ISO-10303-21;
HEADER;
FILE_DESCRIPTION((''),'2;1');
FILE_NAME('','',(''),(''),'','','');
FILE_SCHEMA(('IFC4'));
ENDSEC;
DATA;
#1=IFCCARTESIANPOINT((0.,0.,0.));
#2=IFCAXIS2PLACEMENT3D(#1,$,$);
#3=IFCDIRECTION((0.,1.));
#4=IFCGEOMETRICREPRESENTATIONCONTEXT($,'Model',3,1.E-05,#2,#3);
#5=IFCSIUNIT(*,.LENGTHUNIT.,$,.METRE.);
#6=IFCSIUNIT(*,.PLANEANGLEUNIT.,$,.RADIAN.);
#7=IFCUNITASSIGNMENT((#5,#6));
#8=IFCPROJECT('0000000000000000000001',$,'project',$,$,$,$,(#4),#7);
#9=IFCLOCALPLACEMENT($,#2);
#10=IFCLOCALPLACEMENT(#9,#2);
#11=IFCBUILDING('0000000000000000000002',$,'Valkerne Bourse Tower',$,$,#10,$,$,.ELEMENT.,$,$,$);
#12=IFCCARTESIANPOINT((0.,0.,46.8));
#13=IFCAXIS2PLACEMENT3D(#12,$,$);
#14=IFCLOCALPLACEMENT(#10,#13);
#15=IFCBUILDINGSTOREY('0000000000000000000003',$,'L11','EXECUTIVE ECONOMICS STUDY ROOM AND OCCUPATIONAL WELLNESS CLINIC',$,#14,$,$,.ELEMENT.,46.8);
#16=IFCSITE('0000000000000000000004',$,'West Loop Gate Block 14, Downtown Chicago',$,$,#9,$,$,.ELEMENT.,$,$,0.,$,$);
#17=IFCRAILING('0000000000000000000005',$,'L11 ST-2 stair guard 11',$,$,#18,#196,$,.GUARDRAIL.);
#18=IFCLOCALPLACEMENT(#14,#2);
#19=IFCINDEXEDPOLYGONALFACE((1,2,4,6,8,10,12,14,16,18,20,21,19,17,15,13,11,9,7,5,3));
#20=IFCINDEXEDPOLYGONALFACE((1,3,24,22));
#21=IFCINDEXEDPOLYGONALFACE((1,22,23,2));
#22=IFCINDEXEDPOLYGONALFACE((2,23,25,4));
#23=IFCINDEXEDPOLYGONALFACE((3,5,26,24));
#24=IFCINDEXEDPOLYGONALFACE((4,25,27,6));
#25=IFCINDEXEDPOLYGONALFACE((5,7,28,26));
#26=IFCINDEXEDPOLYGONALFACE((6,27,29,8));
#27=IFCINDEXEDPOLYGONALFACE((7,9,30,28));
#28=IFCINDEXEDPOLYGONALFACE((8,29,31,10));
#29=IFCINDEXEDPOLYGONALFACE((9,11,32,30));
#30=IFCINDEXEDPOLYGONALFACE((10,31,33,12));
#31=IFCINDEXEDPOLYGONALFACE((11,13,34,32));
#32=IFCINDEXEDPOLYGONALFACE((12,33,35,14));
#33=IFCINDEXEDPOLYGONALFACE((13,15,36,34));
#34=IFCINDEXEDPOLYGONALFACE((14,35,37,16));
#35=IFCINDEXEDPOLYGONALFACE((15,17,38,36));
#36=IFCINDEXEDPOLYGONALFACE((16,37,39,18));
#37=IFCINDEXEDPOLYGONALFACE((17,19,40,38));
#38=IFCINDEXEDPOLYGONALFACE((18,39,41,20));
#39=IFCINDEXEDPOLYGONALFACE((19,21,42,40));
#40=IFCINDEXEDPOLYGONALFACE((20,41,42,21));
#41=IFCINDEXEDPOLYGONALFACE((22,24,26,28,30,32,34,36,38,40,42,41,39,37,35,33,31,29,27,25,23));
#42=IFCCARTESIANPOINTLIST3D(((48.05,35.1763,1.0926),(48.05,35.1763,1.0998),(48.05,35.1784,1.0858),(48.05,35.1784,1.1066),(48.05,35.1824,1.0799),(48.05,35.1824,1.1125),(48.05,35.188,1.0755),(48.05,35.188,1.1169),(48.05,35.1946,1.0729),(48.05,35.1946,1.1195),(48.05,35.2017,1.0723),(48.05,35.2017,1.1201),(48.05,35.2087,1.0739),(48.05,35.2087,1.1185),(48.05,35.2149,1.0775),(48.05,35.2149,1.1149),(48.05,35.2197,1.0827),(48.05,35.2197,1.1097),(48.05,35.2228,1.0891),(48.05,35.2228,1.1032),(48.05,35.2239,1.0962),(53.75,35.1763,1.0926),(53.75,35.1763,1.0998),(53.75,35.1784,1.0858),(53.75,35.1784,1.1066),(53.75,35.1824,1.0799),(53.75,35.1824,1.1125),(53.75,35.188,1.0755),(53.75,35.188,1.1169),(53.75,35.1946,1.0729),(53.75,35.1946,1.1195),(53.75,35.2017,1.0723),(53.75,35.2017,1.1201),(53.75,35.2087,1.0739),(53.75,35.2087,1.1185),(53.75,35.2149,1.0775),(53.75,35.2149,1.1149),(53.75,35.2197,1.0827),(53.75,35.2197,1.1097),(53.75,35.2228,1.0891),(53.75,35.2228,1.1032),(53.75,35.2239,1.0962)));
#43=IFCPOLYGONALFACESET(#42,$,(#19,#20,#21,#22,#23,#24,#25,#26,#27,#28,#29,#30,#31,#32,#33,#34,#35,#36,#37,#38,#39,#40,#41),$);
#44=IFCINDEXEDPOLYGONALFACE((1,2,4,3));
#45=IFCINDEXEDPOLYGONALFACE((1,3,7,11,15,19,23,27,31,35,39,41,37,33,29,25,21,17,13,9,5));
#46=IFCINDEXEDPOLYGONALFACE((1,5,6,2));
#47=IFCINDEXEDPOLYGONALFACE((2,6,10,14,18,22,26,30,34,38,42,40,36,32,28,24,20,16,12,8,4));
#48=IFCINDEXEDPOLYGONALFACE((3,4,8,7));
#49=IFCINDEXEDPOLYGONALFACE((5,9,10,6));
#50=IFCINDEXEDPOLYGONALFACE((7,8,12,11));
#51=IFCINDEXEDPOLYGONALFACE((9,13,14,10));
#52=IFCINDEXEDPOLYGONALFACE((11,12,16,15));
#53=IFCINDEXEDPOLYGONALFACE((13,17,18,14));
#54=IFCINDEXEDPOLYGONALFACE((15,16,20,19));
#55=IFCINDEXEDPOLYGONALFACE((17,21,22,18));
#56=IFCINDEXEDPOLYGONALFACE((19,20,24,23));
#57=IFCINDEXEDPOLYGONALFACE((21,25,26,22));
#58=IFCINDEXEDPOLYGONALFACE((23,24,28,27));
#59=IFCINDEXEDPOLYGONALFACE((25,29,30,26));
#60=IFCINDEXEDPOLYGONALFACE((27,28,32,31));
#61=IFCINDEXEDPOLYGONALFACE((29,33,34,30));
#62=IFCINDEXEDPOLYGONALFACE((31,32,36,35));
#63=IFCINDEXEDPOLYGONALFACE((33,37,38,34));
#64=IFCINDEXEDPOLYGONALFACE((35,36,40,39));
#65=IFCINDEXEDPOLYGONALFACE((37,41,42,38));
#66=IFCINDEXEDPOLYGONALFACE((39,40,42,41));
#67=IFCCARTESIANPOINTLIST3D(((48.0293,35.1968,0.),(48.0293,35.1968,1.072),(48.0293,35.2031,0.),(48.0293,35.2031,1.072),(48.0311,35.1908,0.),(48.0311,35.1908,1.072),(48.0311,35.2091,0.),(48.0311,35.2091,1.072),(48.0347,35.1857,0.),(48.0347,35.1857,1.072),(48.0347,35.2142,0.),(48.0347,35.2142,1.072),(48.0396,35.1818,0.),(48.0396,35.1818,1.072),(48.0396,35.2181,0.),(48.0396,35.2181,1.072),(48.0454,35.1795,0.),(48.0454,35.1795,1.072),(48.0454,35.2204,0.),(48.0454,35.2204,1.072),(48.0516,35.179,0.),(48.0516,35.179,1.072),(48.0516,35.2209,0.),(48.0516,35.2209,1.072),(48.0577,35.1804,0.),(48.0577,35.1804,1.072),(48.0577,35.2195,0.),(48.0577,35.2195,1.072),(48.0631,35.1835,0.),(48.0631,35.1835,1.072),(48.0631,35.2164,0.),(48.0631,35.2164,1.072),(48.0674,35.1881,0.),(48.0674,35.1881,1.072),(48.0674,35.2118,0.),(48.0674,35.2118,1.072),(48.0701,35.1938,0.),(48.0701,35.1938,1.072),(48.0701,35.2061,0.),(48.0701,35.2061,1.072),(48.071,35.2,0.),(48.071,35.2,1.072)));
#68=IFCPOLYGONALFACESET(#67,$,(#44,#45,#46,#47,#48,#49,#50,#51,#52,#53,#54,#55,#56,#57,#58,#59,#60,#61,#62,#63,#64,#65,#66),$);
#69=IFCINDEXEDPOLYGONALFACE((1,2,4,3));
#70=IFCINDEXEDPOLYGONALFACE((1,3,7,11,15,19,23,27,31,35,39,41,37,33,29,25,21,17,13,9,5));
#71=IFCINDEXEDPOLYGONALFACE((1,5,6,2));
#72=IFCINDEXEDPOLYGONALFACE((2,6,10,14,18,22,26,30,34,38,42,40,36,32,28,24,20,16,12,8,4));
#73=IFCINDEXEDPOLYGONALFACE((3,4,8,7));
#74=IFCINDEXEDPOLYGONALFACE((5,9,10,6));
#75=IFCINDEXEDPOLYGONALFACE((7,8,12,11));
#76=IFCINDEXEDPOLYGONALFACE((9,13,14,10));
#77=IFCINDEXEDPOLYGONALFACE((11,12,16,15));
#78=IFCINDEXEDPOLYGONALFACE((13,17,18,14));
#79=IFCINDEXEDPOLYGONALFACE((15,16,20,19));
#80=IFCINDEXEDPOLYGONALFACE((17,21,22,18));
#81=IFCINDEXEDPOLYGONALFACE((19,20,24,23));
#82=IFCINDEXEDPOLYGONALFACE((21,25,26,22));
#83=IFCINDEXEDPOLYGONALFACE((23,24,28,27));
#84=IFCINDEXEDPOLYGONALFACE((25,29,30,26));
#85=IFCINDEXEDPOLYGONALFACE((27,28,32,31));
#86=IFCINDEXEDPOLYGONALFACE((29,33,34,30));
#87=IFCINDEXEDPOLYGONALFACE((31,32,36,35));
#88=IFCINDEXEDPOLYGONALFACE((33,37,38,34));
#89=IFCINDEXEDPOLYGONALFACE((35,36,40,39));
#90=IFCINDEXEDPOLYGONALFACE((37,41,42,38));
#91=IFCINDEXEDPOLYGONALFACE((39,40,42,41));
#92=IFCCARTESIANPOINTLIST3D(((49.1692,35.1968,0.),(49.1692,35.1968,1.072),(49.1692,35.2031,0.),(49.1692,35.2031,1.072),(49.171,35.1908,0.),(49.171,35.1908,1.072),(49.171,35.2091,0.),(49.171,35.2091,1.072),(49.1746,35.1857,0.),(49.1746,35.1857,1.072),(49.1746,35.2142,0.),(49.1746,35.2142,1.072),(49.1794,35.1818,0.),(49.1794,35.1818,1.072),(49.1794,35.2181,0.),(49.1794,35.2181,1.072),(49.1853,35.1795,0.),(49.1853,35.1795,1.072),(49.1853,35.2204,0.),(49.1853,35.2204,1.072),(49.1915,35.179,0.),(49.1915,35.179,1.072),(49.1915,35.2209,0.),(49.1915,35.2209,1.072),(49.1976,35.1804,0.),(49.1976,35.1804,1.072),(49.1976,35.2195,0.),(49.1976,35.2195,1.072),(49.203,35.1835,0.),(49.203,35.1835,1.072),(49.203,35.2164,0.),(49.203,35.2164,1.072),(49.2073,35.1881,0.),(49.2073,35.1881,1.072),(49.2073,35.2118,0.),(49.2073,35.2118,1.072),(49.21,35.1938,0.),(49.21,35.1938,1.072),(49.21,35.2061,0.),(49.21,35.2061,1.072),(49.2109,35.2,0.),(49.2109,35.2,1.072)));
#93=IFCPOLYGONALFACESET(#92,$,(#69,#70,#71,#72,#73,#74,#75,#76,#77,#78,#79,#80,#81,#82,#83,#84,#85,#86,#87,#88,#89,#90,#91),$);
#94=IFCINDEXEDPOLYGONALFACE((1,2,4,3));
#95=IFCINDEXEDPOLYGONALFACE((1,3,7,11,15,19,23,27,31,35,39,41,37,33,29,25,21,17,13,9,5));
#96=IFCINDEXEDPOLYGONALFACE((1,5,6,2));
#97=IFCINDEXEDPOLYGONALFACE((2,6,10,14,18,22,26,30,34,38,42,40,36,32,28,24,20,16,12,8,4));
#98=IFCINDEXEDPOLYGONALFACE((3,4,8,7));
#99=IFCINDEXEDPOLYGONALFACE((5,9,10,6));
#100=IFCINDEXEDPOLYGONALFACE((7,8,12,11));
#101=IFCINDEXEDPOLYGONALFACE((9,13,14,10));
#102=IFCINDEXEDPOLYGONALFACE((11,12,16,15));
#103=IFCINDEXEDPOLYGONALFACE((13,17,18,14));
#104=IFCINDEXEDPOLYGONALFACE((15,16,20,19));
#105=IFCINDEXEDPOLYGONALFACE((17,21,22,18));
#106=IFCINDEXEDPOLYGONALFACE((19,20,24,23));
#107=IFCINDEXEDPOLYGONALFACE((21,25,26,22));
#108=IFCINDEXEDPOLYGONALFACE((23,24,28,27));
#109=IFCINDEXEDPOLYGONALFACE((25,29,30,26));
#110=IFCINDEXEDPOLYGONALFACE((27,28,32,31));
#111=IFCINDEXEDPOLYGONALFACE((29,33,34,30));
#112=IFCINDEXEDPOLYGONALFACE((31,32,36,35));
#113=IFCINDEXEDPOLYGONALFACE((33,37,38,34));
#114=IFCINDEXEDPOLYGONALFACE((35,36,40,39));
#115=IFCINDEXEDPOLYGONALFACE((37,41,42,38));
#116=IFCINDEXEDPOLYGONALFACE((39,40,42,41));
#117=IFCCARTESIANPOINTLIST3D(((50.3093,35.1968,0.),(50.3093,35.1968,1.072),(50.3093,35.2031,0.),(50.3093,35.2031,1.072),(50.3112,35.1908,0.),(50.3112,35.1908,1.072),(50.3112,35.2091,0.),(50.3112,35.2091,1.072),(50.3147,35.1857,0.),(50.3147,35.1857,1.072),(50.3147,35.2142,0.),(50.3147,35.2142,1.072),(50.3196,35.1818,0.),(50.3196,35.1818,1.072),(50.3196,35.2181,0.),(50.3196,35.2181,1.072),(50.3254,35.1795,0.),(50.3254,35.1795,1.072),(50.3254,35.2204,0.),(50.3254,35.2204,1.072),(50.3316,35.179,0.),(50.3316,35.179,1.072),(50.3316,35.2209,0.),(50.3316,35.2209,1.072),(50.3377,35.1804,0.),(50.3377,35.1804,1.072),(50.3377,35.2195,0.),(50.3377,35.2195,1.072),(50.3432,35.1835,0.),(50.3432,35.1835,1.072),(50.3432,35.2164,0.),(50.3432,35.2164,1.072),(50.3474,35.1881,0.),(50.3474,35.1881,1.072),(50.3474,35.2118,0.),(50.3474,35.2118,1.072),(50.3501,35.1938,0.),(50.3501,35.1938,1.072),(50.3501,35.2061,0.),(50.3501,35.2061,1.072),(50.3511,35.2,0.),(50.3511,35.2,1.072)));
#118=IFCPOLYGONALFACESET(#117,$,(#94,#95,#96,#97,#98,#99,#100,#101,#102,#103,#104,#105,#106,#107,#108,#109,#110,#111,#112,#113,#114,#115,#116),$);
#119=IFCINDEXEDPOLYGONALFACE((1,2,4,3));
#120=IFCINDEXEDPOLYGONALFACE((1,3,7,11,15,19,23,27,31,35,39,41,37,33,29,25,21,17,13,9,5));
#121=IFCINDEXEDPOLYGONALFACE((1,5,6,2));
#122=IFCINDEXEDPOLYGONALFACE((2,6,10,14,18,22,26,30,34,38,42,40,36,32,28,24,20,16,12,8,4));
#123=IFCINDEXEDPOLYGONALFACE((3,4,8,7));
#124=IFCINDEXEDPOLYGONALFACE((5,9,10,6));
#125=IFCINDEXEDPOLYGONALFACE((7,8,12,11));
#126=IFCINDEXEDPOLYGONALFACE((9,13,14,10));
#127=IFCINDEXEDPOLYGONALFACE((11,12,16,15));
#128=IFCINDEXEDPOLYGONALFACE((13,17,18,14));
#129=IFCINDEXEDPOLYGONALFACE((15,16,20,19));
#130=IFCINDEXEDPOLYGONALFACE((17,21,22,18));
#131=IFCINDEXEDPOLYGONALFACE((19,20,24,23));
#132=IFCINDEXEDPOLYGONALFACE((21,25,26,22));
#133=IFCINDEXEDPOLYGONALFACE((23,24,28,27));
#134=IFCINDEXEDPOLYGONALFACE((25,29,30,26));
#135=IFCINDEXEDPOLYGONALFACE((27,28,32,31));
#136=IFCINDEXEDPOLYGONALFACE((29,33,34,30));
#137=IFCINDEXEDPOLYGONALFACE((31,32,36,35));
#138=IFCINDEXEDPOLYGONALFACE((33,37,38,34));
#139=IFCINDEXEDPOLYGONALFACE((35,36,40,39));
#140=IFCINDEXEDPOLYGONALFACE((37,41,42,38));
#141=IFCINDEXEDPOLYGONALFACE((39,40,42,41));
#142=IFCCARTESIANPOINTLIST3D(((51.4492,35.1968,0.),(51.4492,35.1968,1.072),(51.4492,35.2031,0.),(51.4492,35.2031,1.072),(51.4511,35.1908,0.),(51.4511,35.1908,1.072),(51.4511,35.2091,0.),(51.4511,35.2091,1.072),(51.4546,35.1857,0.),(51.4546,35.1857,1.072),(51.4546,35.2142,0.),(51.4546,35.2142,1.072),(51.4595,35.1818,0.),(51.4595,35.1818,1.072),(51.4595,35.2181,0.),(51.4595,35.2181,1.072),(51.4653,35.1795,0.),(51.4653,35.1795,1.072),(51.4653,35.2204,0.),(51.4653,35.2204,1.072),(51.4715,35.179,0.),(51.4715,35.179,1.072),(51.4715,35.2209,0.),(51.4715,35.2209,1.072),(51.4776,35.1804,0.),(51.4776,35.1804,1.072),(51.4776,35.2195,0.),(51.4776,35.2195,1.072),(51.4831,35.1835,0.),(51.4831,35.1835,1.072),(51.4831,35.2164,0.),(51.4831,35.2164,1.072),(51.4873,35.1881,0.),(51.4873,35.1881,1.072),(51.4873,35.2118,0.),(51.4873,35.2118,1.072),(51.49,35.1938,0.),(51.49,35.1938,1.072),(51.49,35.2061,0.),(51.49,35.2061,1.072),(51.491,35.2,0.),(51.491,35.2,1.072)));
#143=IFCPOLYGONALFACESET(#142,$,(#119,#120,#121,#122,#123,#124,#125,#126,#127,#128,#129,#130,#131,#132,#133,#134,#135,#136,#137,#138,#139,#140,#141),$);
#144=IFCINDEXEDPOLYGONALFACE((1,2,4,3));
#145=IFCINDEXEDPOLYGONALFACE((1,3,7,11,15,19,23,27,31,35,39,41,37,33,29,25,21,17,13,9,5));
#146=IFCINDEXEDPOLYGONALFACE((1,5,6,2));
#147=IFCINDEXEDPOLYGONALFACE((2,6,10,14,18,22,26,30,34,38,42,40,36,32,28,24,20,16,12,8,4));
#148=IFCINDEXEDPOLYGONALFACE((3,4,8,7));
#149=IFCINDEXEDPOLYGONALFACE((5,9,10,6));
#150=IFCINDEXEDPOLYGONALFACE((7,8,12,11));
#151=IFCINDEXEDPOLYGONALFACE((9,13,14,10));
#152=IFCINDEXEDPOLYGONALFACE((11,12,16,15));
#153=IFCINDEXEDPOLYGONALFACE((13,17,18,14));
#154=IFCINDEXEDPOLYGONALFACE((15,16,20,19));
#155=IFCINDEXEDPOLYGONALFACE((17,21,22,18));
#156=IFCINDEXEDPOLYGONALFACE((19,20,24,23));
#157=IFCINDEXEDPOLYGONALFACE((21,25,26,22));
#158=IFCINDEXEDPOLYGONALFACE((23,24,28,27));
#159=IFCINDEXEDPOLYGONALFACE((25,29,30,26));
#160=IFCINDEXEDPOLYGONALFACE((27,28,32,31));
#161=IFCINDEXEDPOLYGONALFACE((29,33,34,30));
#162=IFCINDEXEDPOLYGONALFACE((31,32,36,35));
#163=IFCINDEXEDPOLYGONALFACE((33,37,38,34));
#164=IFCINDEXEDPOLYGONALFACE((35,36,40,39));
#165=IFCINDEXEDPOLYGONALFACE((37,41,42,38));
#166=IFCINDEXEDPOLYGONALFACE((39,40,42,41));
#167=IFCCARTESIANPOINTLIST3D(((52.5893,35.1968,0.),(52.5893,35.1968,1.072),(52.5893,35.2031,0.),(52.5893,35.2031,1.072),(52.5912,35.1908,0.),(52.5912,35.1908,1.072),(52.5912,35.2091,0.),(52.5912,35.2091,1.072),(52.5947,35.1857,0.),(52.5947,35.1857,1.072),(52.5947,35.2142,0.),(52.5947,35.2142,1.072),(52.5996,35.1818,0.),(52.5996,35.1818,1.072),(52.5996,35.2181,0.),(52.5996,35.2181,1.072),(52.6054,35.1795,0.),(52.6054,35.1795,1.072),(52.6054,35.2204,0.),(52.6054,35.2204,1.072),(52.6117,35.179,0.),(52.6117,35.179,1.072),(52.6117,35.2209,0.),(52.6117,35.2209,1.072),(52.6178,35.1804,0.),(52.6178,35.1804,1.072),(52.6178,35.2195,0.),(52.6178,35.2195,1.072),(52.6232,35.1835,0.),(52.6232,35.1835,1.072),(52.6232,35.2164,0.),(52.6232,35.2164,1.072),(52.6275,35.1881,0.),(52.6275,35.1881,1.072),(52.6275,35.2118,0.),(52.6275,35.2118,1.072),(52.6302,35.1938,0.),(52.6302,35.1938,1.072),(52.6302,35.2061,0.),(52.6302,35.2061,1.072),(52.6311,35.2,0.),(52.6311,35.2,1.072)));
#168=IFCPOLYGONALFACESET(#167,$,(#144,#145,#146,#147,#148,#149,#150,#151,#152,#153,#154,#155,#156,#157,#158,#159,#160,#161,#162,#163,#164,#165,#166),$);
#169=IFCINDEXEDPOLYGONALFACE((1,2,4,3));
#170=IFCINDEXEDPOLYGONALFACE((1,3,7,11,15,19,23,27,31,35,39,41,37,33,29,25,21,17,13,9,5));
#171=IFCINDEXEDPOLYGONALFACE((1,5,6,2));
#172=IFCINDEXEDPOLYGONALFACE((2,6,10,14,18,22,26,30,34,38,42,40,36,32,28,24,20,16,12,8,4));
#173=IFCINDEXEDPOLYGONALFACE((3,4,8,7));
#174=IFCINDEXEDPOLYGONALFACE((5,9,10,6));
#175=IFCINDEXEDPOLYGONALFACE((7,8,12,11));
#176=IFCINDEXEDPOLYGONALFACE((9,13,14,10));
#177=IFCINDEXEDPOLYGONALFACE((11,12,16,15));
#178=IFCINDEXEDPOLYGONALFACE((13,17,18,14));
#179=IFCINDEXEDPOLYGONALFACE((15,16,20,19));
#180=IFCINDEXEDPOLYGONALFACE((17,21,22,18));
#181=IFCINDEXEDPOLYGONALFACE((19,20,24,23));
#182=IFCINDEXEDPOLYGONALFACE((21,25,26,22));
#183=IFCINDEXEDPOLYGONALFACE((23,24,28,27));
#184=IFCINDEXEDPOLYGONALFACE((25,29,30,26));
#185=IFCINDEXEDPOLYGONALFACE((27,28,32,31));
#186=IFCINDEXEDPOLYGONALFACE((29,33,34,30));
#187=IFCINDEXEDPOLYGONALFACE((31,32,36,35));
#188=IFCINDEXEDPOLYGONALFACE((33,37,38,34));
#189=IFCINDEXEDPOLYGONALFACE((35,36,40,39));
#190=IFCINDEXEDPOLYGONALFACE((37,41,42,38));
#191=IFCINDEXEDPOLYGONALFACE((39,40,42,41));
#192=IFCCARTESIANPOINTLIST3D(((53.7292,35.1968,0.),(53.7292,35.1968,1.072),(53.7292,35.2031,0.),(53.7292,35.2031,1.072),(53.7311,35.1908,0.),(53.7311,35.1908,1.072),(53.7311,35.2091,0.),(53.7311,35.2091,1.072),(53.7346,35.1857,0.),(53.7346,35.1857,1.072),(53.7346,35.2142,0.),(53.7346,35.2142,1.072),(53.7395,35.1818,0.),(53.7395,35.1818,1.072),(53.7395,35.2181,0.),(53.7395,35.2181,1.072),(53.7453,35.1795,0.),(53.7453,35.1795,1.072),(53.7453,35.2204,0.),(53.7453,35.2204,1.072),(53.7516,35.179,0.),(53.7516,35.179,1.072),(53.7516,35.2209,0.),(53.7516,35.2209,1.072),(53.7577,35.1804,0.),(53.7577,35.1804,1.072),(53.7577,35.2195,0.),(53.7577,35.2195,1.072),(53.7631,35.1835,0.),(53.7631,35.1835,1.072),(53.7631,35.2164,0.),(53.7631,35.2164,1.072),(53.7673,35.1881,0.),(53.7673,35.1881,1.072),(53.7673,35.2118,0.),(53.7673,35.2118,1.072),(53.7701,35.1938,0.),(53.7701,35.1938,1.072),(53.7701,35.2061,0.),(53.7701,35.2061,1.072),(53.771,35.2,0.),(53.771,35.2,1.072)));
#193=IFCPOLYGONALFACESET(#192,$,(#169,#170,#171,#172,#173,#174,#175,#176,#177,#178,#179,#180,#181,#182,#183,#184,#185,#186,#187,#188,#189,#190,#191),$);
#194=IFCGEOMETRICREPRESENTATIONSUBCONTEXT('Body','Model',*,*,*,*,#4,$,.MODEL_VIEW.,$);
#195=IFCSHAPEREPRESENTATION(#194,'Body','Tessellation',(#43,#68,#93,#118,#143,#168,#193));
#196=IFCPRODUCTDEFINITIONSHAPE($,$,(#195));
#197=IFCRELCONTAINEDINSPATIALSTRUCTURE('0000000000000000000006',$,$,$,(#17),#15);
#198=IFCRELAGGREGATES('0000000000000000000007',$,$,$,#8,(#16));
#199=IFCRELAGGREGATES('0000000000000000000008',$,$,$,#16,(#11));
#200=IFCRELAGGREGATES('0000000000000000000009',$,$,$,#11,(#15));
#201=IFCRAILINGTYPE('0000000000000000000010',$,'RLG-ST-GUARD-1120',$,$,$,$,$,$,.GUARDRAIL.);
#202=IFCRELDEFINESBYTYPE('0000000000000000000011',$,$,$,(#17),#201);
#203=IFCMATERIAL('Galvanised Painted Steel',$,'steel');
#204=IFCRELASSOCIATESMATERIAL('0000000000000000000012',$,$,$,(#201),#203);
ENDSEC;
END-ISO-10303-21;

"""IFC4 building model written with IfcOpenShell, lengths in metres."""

from ifc_helpers import new_model, si_unit, direction, frame, origin, origin_2d, place, context, subcontext, project, spatial, circle, extrude, material, type_object, element, save


model = new_model("IFC4")

# Units and contexts
model_context = context("Model", 3, precision=1e-05, world=origin(), true_north=direction((0.0, 1.0)))
body_context = subcontext(model_context, "Body", "Model", "MODEL_VIEW")
ifc_project = project(units=[si_unit("LENGTHUNIT", "METRE"), si_unit("PLANEANGLEUNIT", "RADIAN")], contexts=[model_context])

# Site, building, storey
site_placement = place(None, origin())
site = spatial("IfcSite", under=ifc_project, at=site_placement, Name="West Loop Gate Block 14, Downtown Chicago", CompositionType="ELEMENT", RefElevation=0.0)
building_placement = place(site_placement, origin())
building = spatial("IfcBuilding", under=site, at=building_placement, Name="Valkerne Bourse Tower", CompositionType="ELEMENT")
storey_placement = place(building_placement, frame((0.0, 0.0, 46.8)))
storey = spatial("IfcBuildingStorey", under=building, at=storey_placement, Name="L11", Description="EXECUTIVE ECONOMICS STUDY ROOM AND OCCUPATIONAL WELLNESS CLINIC", CompositionType="ELEMENT", Elevation=46.8)

# Shared definitions
ifc_material_1 = material(Name="Galvanised Painted Steel", Category="steel")

# Railing
railing_type_1 = type_object("IfcRailingType", Name="RLG-ST-GUARD-1120", PredefinedType="GUARDRAIL", material=ifc_material_1)
for number, where, name in (
    (1, (48.05, 35.2, 0.0), "L11 ST-2 stair guard 11"),
):
    element("IfcRailing", number, at=place(storey_placement, frame(where)), inside=storey, type_object=railing_type_1, Name=name, PredefinedType="GUARDRAIL", context=body_context, shape_type="SweptSolid", body=[
        extrude(circle(Radius=0.0239, at=origin_2d()), frame((0.0, 0.0, 1.0962), z_axis=(1.0, 0.0, 0.0), x_axis=(0.0, 1.0, 0.0)), (0.0, 0.0, 1.0), 5.7),
        extrude(circle(Radius=0.021, at=origin_2d()), origin(), (0.0, 0.0, 1.0), 1.072),
        extrude(circle(Radius=0.021, at=origin_2d()), frame((1.1399, 0.0, 0.0)), (0.0, 0.0, 1.0), 1.072),
        extrude(circle(Radius=0.021, at=origin_2d()), frame((2.28, 0.0, 0.0)), (0.0, 0.0, 1.0), 1.072),
        extrude(circle(Radius=0.021, at=origin_2d()), frame((3.4199, 0.0, 0.0)), (0.0, 0.0, 1.0), 1.072),
        extrude(circle(Radius=0.021, at=origin_2d()), frame((4.5601, 0.0, 0.0)), (0.0, 0.0, 1.0), 1.072),
        extrude(circle(Radius=0.021, at=origin_2d()), frame((5.7, 0.0, 0.0)), (0.0, 0.0, 1.0), 1.072),
    ])

save(model, "model.ifc")
